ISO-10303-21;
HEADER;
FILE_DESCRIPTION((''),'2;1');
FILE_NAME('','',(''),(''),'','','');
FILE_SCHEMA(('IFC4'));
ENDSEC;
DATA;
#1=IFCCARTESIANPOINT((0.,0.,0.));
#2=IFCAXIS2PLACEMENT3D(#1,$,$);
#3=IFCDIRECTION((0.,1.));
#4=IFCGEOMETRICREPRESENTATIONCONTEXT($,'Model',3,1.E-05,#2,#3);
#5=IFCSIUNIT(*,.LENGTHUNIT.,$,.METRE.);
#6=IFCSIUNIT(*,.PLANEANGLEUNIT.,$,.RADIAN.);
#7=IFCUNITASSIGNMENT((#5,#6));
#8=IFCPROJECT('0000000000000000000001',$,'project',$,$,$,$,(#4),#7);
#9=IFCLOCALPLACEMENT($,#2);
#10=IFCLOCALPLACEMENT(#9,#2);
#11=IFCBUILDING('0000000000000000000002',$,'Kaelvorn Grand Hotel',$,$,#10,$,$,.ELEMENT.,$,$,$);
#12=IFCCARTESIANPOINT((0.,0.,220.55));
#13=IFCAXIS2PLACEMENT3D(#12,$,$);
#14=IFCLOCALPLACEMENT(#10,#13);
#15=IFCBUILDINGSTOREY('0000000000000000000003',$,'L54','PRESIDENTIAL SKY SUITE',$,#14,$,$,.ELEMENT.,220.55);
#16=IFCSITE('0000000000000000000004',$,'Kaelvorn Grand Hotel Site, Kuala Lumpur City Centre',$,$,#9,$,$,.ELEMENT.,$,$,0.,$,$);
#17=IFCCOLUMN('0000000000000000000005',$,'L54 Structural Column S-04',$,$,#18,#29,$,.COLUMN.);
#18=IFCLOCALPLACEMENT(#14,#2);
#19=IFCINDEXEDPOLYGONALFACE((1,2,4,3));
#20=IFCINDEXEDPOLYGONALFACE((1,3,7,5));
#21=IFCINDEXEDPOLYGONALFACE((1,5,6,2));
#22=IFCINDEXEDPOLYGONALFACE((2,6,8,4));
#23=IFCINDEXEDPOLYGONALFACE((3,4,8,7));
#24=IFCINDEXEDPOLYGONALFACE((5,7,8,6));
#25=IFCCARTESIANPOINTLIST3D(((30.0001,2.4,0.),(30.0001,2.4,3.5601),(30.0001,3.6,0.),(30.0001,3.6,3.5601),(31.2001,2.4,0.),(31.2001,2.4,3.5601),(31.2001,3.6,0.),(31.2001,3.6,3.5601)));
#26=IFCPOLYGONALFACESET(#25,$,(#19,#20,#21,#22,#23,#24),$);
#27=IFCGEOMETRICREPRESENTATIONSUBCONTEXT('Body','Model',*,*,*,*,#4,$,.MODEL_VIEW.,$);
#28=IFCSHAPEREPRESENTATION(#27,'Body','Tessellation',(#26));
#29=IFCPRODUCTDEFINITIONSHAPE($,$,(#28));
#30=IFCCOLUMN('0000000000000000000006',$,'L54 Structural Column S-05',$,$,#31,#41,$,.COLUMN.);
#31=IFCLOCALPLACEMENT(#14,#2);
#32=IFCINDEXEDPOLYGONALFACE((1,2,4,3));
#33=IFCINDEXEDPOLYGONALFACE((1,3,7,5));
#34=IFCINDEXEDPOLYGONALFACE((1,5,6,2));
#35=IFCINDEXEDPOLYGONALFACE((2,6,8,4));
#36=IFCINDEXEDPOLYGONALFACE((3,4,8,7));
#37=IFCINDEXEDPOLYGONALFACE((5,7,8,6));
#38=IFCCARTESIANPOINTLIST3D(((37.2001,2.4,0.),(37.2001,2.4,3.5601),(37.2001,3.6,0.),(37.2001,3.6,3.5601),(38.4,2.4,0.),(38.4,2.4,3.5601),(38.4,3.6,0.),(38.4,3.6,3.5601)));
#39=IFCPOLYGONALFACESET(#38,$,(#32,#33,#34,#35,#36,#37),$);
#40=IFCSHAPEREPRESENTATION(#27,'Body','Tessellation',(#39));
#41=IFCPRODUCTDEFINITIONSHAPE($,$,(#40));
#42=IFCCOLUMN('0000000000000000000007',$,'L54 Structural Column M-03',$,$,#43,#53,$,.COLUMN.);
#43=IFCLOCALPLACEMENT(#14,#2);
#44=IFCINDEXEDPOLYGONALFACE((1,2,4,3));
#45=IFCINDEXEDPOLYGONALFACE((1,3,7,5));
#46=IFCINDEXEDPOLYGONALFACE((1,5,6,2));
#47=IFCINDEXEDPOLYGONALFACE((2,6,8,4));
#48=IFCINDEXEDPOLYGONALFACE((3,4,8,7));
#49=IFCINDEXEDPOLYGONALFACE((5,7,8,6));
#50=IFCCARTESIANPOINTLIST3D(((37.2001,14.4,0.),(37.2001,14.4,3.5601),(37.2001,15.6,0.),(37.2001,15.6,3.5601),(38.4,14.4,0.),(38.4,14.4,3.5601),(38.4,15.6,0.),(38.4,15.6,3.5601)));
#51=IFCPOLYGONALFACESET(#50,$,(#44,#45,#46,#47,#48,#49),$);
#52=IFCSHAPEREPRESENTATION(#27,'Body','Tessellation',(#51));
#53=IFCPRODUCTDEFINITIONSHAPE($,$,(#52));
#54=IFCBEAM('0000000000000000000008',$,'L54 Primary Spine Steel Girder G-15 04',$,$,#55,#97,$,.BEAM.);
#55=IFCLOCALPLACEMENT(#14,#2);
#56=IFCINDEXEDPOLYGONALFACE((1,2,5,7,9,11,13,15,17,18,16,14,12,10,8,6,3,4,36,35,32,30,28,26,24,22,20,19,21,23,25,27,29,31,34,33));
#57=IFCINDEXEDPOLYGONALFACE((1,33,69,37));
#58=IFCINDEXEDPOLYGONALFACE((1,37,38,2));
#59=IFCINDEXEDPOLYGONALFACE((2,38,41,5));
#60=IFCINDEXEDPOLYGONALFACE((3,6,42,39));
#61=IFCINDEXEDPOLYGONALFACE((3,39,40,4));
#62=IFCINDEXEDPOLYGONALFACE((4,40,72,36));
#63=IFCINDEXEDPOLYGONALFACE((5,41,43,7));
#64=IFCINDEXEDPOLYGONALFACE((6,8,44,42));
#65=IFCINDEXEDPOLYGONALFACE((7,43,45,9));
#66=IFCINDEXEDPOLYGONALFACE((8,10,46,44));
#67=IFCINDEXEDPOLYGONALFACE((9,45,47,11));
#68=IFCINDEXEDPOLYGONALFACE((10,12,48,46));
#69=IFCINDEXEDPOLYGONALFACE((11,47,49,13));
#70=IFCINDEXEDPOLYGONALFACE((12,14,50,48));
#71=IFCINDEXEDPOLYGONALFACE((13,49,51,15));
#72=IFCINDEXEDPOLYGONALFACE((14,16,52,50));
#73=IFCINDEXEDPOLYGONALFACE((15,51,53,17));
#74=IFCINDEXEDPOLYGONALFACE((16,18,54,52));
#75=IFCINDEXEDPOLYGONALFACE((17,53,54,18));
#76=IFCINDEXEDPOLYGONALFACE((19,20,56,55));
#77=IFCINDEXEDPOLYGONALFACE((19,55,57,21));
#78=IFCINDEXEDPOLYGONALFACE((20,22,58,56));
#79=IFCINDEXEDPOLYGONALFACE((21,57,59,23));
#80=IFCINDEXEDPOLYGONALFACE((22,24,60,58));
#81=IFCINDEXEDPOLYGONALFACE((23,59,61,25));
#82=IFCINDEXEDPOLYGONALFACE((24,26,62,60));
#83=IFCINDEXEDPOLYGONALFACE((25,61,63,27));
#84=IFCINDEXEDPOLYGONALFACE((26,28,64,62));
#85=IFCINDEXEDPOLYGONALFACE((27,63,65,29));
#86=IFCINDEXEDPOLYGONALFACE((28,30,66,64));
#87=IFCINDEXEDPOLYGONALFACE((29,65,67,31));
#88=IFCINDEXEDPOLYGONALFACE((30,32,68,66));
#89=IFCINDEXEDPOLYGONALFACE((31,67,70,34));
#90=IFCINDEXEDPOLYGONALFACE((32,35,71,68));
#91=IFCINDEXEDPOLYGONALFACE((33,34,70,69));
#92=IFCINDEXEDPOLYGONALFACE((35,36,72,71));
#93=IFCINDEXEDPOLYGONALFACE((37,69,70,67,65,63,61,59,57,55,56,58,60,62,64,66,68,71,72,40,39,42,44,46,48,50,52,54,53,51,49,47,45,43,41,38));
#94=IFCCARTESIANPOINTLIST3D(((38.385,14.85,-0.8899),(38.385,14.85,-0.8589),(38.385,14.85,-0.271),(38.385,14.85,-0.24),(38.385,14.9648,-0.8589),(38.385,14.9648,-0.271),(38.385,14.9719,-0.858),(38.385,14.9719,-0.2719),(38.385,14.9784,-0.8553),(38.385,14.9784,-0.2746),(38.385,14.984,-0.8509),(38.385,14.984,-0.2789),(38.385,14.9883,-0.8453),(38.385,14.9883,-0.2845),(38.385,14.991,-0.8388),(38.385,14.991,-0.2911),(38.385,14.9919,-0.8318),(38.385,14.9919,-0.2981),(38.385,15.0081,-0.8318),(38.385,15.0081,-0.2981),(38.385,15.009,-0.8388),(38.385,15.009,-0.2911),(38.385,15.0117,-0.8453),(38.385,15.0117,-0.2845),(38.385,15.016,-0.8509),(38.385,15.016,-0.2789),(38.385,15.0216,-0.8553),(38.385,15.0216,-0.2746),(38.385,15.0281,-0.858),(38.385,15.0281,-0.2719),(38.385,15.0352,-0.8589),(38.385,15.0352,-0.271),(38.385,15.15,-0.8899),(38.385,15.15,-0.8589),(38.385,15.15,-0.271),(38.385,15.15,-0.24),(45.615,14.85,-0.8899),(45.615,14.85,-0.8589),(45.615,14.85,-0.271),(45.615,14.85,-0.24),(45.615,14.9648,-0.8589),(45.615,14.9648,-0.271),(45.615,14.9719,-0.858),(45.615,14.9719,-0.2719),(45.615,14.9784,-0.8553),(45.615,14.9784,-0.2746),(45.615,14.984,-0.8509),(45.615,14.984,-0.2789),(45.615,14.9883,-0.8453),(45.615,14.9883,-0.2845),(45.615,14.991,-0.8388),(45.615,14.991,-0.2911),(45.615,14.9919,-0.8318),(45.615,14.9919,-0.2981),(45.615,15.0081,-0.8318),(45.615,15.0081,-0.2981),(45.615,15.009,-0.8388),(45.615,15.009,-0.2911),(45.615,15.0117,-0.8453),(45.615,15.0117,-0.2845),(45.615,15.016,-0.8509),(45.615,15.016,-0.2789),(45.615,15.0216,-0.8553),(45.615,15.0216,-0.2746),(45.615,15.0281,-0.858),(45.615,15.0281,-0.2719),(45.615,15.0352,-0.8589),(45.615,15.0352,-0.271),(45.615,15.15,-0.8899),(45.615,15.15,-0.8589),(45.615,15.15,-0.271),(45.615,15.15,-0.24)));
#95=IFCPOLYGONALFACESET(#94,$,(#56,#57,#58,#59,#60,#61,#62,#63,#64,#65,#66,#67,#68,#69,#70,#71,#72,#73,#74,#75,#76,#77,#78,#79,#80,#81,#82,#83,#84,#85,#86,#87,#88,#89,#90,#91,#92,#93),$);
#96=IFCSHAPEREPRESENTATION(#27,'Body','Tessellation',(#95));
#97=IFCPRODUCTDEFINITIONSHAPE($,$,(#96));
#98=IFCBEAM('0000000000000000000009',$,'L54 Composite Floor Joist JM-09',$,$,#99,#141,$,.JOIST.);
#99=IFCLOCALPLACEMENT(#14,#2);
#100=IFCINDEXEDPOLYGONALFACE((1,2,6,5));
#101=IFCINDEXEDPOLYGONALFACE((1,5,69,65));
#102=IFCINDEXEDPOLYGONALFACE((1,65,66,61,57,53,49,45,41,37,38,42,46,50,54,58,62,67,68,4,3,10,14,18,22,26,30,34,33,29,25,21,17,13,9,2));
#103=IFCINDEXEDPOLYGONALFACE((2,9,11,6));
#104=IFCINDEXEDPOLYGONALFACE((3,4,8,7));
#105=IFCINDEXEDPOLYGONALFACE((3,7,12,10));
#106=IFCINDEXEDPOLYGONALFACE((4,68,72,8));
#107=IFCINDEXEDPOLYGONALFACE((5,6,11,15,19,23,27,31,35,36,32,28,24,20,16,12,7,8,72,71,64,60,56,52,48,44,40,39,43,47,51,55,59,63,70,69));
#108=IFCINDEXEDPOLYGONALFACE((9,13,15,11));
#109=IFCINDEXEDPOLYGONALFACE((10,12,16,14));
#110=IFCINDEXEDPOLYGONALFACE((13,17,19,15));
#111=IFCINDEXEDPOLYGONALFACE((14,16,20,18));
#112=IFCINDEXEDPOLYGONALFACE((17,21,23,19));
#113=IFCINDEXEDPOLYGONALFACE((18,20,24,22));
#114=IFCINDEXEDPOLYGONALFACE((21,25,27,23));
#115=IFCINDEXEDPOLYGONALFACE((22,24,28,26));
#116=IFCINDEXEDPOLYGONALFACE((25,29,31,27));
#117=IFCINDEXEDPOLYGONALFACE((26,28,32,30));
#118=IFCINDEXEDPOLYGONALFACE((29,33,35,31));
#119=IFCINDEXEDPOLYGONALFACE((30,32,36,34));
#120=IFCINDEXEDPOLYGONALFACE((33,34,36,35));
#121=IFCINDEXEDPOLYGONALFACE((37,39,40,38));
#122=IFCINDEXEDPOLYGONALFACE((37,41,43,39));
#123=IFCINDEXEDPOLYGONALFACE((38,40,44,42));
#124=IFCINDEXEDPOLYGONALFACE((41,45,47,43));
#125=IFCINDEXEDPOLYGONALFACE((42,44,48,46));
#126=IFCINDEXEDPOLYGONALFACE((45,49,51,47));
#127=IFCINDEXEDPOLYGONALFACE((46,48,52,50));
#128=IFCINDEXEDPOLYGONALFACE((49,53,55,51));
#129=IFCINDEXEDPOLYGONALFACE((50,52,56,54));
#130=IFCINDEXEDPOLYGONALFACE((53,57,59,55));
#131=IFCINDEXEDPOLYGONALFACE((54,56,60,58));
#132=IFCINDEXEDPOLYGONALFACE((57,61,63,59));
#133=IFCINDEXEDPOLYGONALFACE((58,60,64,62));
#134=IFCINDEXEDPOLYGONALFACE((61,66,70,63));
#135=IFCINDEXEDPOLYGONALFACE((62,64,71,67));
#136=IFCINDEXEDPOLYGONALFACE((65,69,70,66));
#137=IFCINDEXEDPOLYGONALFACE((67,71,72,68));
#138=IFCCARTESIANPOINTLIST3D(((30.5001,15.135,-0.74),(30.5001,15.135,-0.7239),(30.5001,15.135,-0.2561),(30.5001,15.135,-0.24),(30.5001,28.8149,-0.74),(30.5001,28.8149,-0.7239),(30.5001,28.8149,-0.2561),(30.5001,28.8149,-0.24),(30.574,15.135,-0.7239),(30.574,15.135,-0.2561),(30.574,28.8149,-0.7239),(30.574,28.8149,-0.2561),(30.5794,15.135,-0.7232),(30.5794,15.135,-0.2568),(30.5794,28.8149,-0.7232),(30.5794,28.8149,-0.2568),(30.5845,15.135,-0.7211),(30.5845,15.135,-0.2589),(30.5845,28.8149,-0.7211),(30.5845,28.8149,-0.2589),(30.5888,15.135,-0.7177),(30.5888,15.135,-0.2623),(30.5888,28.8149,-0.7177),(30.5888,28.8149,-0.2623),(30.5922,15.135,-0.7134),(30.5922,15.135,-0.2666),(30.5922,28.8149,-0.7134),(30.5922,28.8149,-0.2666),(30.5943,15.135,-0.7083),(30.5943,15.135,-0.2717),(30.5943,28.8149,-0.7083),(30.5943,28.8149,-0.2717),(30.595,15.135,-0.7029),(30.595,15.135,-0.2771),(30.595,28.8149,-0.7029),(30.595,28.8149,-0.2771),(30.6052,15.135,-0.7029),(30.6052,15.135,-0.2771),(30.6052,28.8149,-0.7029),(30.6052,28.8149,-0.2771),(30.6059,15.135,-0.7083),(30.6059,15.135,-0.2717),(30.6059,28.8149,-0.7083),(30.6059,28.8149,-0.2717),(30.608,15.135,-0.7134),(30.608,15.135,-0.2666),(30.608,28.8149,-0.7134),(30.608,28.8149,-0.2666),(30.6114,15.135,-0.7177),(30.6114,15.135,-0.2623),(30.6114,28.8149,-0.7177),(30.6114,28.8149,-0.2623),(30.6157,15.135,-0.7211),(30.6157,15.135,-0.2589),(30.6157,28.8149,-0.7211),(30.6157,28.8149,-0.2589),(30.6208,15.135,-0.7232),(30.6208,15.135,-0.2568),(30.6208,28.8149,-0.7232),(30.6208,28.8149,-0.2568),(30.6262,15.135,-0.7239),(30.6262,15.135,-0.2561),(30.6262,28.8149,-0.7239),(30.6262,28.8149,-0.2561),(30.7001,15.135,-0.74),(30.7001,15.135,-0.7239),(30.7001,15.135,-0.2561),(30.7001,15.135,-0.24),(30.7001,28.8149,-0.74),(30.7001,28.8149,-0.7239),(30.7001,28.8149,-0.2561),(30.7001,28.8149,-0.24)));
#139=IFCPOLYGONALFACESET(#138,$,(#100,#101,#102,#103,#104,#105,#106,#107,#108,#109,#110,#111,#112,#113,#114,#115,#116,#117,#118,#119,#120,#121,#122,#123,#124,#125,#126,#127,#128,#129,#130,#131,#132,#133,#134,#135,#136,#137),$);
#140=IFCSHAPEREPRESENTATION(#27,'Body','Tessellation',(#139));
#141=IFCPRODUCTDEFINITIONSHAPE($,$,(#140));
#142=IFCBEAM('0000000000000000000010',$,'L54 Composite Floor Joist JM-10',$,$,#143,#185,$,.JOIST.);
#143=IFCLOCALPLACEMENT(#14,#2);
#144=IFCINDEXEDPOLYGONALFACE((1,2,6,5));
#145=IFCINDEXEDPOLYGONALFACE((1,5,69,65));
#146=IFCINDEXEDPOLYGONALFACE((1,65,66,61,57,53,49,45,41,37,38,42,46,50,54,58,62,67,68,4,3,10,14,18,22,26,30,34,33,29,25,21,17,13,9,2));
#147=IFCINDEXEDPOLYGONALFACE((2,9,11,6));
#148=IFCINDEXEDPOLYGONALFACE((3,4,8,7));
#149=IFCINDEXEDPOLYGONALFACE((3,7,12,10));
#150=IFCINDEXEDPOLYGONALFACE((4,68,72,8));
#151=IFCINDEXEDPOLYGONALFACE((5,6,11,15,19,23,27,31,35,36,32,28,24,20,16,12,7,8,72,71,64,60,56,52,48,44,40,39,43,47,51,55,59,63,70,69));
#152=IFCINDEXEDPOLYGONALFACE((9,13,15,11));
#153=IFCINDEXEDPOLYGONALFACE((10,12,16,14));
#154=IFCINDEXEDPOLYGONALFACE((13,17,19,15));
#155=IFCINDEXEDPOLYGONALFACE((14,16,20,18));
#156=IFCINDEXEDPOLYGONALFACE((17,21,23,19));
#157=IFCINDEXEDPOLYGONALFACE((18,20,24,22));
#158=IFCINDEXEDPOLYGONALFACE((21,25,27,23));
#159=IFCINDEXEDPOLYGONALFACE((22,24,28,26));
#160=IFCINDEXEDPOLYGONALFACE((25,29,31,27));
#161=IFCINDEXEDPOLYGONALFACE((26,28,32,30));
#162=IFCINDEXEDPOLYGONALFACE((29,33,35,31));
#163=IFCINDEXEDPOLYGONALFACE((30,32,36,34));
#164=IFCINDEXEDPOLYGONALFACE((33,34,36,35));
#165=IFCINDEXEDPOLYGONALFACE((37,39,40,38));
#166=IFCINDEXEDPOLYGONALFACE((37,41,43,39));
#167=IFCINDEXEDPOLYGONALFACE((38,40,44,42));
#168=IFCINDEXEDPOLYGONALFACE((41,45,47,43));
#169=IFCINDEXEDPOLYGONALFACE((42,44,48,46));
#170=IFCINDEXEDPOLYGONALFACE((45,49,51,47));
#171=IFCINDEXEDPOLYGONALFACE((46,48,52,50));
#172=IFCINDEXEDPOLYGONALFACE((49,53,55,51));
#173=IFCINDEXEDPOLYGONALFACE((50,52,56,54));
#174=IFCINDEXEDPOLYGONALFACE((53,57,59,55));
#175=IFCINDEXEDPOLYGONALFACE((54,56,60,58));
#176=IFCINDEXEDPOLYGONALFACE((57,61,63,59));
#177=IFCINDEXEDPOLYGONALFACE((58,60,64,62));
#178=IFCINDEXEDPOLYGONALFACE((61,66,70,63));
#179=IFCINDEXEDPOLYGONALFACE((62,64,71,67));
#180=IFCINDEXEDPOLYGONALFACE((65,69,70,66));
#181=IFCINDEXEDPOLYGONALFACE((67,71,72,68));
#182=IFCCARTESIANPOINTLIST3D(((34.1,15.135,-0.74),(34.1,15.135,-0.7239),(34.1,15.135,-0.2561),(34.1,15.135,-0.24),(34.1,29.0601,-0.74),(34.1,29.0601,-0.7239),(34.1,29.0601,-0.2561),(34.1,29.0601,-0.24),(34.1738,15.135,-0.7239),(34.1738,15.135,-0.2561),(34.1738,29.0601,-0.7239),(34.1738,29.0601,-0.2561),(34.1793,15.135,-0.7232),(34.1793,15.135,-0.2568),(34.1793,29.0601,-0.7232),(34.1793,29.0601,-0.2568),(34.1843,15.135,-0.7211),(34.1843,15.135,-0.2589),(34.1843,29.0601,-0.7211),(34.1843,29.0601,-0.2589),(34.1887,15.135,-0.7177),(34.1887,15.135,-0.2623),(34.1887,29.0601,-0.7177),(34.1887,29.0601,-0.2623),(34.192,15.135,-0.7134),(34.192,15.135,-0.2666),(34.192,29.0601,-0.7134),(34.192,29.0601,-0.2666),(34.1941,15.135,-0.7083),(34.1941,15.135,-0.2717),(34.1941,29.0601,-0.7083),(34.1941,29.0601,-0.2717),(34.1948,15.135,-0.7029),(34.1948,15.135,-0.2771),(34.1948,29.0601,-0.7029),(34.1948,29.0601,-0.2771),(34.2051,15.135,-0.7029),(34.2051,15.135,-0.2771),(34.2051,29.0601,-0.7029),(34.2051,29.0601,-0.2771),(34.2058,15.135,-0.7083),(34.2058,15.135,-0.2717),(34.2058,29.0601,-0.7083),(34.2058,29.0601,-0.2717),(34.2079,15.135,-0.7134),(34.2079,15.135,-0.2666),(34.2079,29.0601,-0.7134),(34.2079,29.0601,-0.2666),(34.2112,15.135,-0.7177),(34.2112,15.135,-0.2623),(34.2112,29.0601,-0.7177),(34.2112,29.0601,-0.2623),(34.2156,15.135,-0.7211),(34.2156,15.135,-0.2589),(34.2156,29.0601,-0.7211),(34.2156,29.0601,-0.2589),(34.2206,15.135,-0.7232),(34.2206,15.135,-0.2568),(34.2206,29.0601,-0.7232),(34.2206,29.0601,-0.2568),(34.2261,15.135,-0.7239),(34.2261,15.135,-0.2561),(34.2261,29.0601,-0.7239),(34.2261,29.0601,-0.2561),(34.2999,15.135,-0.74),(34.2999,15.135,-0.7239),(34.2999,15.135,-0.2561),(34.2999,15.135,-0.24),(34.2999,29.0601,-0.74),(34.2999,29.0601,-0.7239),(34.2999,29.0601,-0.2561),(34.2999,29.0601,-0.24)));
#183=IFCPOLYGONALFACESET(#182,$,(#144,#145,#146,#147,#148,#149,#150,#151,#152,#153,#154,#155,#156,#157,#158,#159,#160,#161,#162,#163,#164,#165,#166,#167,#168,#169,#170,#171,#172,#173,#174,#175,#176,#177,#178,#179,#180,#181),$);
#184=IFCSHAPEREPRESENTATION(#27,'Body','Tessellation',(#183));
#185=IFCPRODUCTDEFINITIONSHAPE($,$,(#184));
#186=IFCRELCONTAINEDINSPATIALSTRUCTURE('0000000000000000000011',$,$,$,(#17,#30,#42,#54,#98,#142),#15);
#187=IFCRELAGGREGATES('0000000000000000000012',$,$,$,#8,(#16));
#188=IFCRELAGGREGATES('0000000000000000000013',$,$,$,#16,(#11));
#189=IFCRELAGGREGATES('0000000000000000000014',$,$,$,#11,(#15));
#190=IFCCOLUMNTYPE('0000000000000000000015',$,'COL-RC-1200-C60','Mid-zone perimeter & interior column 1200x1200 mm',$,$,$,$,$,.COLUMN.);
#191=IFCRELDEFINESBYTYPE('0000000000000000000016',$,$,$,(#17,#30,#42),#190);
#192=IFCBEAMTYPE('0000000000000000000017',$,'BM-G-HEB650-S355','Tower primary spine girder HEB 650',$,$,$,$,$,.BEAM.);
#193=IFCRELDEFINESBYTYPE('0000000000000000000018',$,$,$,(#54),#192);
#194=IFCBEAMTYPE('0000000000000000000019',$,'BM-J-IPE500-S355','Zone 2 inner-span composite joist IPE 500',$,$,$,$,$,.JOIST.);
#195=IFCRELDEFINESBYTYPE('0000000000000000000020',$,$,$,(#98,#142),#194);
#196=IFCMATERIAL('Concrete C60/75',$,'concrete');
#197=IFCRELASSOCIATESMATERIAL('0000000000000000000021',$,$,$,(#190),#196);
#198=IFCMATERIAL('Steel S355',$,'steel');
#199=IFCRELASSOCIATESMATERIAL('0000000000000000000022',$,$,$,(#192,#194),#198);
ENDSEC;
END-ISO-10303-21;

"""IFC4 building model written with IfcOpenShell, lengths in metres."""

from ifc_helpers import new_model, si_unit, direction, frame, origin, origin_2d, place, context, subcontext, project, spatial, rectangle, i_section, extrude, material, material_profile, profile_set, type_object, element, save


model = new_model("IFC4")

# Units and contexts
model_context = context("Model", 3, precision=1e-05, world=origin(), true_north=direction((0.0, 1.0)))
body_context = subcontext(model_context, "Body", "Model", "MODEL_VIEW")
ifc_project = project(units=[si_unit("LENGTHUNIT", "METRE"), si_unit("PLANEANGLEUNIT", "RADIAN")], contexts=[model_context])

# Site, building, storey
site_placement = place(None, origin())
site = spatial("IfcSite", under=ifc_project, at=site_placement, Name="Kaelvorn Grand Hotel Site, Kuala Lumpur City Centre", CompositionType="ELEMENT", RefElevation=0.0)
building_placement = place(site_placement, origin())
building = spatial("IfcBuilding", under=site, at=building_placement, Name="Kaelvorn Grand Hotel", CompositionType="ELEMENT")
storey_placement = place(building_placement, frame((0.0, 0.0, 220.55)))
storey = spatial("IfcBuildingStorey", under=building, at=storey_placement, Name="L54", Description="PRESIDENTIAL SKY SUITE", CompositionType="ELEMENT", Elevation=220.55)

# Columns
ifc_material_1 = material(Name="Concrete C60/75", Category="concrete")
ifc_material_profile_1 = material_profile(ifc_material_1, rectangle(XDim=1.2, YDim=1.2, at=origin_2d()), Name="RC COL 1200x1200")
ifc_profile_set_1 = profile_set([ifc_material_profile_1], Name="Concrete C60/75")
column_type = type_object("IfcColumnType", Name="COL-RC-1200-C60", Description="Mid-zone perimeter & interior column 1200x1200 mm", PredefinedType="COLUMN", material=ifc_profile_set_1)
for number, where, z_axis, x_axis, name in (
    (1, (30.6001, 3.0, 0.0), (0.0, 0.0, 1.0), (1.0, 0.0, 0.0), "L54 Structural Column S-04"),
    (2, (37.8, 3.0, 0.0), (0.0, 0.0, 1.0), (1.0, 0.0, 0.0), "L54 Structural Column S-05"),
    (3, (37.8, 15.0, 0.0), (0.0, 0.0, 1.0), (1.0, 0.0, 0.0), "L54 Structural Column M-03"),
):
    element("IfcColumn", number, at=place(storey_placement, frame(where, z_axis=z_axis, x_axis=x_axis)), inside=storey, type_object=column_type, Name=name, PredefinedType="COLUMN", context=body_context, shape_type="SweptSolid", body=[
        extrude(rectangle(XDim=1.2, YDim=1.2, at=origin_2d()), origin(), (0.0, 0.0, 1.0), 3.5601),
    ])

# Beams
ifc_material_2 = material(Name="Steel S355", Category="steel")
ifc_material_profile_2 = material_profile(ifc_material_2, i_section(OverallWidth=0.3, OverallDepth=0.6499, WebThickness=0.0161, FlangeThickness=0.031, FilletRadius=0.0271, at=origin_2d()), Name="HEB 650")
ifc_profile_set_2 = profile_set([ifc_material_profile_2], Name="Steel S355")
beam_type_1 = type_object("IfcBeamType", Name="BM-G-HEB650-S355", Description="Tower primary spine girder HEB 650", PredefinedType="BEAM", material=ifc_profile_set_2)
beam_1_placement = place(storey_placement, frame((38.385, 15.0, -0.5649), z_axis=(1.0, 0.0, 0.0), x_axis=(0.0, 1.0, 0.0)))
element("IfcBeam", 4, at=beam_1_placement, inside=storey, type_object=beam_type_1, Name="L54 Primary Spine Steel Girder G-15 04", PredefinedType="BEAM", context=body_context, shape_type="SweptSolid", body=[
    extrude(i_section(OverallWidth=0.3, OverallDepth=0.6499, WebThickness=0.0161, FlangeThickness=0.031, FilletRadius=0.0271, at=origin_2d()), origin(), (0.0, 0.0, 1.0), 7.23),
])
ifc_material_profile_3 = material_profile(ifc_material_2, i_section(OverallWidth=0.2, OverallDepth=0.5, WebThickness=0.0103, FlangeThickness=0.0161, FilletRadius=0.021, at=origin_2d()), Name="IPE 500")
ifc_profile_set_3 = profile_set([ifc_material_profile_3], Name="Steel S355")
beam_type_2 = type_object("IfcBeamType", Name="BM-J-IPE500-S355", Description="Zone 2 inner-span composite joist IPE 500", PredefinedType="JOIST", material=ifc_profile_set_3)
beam_2_placement = place(storey_placement, frame((30.6001, 15.135, -0.49), z_axis=(0.0, 1.0, 0.0), x_axis=(-1.0, 0.0, 0.0)))
element("IfcBeam", 5, at=beam_2_placement, inside=storey, type_object=beam_type_2, Name="L54 Composite Floor Joist JM-09", PredefinedType="JOIST", context=body_context, shape_type="SweptSolid", body=[
    extrude(i_section(OverallWidth=0.2, OverallDepth=0.5, WebThickness=0.0103, FlangeThickness=0.0161, FilletRadius=0.021, at=origin_2d()), origin(), (0.0, 0.0, 1.0), 13.6799),
])
beam_3_placement = place(storey_placement, frame((34.2, 15.135, -0.49), z_axis=(0.0, 1.0, 0.0), x_axis=(-1.0, 0.0, 0.0)))
element("IfcBeam", 6, at=beam_3_placement, inside=storey, type_object=beam_type_2, Name="L54 Composite Floor Joist JM-10", PredefinedType="JOIST", context=body_context, shape_type="SweptSolid", body=[
    extrude(i_section(OverallWidth=0.2, OverallDepth=0.5, WebThickness=0.0103, FlangeThickness=0.0161, FilletRadius=0.021, at=origin_2d()), origin(), (0.0, 0.0, 1.0), 13.925),
])

save(model, "model.ifc")
